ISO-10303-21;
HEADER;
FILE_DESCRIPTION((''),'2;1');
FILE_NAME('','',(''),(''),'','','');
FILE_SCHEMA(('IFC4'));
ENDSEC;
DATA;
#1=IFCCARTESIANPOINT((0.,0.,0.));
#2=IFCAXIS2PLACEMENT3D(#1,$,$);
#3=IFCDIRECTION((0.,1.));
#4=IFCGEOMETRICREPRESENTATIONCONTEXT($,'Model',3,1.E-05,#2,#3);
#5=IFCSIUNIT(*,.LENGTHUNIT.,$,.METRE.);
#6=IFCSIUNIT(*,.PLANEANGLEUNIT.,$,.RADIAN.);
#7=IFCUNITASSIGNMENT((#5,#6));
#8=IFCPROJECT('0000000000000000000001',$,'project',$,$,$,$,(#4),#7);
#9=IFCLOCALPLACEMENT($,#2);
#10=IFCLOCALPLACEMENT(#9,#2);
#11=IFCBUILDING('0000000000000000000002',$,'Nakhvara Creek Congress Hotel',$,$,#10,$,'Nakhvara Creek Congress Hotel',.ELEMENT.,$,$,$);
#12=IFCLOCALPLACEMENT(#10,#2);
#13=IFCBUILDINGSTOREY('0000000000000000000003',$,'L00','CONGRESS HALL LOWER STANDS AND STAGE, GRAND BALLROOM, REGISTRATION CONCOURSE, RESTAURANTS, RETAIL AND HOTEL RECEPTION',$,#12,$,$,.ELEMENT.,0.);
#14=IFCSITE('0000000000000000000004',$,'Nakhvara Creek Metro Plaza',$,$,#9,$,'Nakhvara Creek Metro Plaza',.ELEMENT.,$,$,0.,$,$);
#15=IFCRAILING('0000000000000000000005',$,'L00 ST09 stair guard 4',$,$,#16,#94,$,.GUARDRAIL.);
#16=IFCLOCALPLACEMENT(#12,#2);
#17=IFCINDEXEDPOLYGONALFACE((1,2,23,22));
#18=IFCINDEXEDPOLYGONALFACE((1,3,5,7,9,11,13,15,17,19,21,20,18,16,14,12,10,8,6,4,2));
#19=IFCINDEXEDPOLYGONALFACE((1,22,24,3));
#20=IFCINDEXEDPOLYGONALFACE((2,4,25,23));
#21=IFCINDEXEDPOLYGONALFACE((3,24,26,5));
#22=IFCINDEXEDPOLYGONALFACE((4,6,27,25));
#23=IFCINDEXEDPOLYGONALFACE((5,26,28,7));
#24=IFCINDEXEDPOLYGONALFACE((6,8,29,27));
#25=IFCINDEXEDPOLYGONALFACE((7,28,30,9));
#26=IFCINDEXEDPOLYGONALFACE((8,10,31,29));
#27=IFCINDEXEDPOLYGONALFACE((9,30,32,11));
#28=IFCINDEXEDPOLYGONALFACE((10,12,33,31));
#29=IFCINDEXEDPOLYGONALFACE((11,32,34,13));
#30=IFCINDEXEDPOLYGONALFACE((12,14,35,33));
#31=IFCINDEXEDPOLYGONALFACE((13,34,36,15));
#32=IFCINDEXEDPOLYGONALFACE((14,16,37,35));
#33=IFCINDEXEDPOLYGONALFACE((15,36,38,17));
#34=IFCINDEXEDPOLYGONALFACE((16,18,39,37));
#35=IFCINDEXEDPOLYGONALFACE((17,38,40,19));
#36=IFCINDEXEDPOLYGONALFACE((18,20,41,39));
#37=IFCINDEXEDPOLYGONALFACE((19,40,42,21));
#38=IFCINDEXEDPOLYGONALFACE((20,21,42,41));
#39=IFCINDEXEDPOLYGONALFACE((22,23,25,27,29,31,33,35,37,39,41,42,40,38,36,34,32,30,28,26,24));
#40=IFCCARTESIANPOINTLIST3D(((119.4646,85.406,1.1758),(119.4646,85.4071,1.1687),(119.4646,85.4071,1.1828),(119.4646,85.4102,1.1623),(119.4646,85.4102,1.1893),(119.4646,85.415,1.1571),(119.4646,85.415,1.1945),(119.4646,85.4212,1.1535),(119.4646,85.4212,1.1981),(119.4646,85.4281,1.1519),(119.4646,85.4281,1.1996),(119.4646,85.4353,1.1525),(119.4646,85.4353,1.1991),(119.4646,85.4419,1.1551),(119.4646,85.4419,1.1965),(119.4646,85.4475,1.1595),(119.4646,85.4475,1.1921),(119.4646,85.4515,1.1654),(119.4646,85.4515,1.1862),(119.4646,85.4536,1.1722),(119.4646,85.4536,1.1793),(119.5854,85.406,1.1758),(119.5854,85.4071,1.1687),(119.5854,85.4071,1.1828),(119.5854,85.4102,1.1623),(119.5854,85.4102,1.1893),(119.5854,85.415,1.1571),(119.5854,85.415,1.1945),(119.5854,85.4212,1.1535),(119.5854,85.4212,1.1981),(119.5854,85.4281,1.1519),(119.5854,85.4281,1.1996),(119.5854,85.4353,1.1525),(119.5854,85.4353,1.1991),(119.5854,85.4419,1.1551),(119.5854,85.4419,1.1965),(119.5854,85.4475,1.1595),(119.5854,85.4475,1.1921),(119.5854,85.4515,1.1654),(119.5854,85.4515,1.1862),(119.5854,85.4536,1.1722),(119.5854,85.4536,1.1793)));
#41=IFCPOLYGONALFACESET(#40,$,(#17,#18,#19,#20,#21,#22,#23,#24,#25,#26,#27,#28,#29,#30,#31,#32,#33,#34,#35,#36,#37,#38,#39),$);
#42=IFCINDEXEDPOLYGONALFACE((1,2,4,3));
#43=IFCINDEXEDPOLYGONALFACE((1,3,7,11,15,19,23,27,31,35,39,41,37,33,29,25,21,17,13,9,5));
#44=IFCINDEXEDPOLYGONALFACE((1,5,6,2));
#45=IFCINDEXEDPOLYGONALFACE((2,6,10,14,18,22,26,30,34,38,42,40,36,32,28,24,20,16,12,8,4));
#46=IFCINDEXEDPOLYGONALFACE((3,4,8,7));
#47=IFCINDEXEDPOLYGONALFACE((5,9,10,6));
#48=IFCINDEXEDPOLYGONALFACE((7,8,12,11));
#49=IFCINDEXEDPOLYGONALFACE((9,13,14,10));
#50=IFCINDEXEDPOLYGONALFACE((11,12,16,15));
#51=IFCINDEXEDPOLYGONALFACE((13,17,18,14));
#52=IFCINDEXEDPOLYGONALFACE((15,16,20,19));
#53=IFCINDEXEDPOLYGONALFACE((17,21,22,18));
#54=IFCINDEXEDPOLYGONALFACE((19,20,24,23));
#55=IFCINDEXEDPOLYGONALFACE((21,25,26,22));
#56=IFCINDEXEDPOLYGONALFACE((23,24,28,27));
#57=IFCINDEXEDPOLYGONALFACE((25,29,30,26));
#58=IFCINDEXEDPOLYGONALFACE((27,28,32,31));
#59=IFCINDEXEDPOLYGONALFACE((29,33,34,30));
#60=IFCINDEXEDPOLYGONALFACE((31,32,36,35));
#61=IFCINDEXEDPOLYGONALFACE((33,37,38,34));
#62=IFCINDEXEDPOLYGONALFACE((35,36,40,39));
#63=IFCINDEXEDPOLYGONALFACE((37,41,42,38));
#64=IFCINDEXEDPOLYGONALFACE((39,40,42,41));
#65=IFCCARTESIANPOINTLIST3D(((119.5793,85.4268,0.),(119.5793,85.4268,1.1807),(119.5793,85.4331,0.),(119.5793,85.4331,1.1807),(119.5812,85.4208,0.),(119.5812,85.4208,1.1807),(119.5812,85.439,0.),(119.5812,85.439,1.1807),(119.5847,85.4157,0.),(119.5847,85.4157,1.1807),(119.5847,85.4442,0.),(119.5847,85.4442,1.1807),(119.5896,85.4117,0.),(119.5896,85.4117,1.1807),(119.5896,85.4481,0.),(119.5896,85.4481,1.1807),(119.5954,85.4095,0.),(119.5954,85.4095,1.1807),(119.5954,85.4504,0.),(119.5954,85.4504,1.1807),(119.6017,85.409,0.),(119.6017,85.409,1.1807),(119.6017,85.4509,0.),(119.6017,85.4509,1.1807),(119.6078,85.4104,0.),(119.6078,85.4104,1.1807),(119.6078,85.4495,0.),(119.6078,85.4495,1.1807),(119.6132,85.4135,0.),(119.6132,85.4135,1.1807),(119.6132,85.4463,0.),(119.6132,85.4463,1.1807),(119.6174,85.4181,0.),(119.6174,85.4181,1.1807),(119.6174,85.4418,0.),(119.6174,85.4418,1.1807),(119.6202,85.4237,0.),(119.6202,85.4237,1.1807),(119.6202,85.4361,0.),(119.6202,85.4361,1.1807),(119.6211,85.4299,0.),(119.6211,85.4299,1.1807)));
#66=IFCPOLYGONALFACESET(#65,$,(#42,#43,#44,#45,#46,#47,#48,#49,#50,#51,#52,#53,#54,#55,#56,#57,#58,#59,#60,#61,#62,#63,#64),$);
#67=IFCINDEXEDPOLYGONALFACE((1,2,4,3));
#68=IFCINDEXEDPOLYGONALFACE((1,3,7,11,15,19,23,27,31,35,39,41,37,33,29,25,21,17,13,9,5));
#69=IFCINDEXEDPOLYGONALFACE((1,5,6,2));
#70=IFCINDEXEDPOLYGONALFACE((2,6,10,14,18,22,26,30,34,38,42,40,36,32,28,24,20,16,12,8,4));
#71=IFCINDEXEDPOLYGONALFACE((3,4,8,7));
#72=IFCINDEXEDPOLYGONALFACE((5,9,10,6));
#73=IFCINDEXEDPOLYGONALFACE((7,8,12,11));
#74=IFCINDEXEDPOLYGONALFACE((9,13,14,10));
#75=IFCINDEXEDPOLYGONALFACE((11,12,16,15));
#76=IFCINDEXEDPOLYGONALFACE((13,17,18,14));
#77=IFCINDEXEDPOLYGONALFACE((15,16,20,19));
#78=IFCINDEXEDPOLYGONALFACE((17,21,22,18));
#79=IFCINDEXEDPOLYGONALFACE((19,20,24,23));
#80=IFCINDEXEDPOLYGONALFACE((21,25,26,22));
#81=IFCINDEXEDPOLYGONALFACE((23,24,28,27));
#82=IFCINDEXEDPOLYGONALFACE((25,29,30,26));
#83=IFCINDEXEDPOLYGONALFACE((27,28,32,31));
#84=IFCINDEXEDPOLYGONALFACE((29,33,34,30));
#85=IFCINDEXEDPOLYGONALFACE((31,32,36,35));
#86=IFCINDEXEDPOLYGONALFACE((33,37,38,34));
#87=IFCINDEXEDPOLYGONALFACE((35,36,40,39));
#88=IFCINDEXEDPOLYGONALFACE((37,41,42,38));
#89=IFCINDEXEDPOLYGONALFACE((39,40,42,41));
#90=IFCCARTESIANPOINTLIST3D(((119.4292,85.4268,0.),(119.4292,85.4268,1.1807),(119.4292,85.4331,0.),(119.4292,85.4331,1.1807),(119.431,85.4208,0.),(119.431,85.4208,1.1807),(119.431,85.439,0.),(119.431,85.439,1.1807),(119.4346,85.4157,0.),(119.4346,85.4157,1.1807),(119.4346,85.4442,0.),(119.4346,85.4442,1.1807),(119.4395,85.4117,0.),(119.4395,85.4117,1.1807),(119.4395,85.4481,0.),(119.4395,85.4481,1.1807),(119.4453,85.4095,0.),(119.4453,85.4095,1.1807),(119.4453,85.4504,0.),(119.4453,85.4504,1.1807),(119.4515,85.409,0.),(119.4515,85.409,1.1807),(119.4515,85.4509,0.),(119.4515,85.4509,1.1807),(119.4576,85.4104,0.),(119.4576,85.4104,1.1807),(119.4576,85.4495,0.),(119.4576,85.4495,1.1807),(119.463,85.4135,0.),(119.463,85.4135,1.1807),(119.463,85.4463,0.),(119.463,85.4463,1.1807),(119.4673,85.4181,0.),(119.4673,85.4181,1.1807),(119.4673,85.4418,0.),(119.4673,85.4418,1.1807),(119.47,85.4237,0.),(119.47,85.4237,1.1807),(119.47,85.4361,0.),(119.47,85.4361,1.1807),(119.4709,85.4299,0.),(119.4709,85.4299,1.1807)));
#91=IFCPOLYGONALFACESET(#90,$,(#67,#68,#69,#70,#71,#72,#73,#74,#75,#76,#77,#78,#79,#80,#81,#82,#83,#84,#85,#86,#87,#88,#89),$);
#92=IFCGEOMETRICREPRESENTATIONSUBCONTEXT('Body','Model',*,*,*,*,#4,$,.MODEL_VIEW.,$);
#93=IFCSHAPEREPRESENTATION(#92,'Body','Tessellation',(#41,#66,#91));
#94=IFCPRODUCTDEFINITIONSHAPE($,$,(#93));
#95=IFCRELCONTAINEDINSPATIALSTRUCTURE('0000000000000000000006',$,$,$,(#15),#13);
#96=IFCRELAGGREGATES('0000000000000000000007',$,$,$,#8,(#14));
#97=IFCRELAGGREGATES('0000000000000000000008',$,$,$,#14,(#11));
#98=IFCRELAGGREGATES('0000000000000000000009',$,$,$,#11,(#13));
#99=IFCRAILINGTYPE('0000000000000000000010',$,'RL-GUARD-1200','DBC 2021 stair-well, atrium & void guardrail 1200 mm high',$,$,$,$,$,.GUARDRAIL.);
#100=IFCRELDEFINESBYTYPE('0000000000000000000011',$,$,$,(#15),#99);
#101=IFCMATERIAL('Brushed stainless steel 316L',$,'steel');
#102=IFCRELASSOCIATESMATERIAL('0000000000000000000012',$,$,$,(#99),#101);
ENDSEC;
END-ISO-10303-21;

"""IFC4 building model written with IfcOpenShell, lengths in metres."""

from ifc_helpers import new_model, si_unit, direction, frame, origin, origin_2d, place, context, subcontext, project, spatial, circle, extrude, material, type_object, element, save


model = new_model("IFC4")

# Units and contexts
model_context = context("Model", 3, precision=1e-05, world=origin(), true_north=direction((0.0, 1.0)))
body_context = subcontext(model_context, "Body", "Model", "MODEL_VIEW")
ifc_project = project(units=[si_unit("LENGTHUNIT", "METRE"), si_unit("PLANEANGLEUNIT", "RADIAN")], contexts=[model_context])

# Site, building, storey
site_placement = place(None, origin())
site = spatial("IfcSite", under=ifc_project, at=site_placement, Name="Nakhvara Creek Metro Plaza", LongName="Nakhvara Creek Metro Plaza", CompositionType="ELEMENT", RefElevation=0.0)
building_placement = place(site_placement, origin())
building = spatial("IfcBuilding", under=site, at=building_placement, Name="Nakhvara Creek Congress Hotel", LongName="Nakhvara Creek Congress Hotel", CompositionType="ELEMENT")
storey_placement = place(building_placement, origin())
storey = spatial("IfcBuildingStorey", under=building, at=storey_placement, Name="L00", Description="CONGRESS HALL LOWER STANDS AND STAGE, GRAND BALLROOM, REGISTRATION CONCOURSE, RESTAURANTS, RETAIL AND HOTEL RECEPTION", CompositionType="ELEMENT", Elevation=0.0)

# Railing
ifc_material_1 = material(Name="Brushed stainless steel 316L", Category="steel")
railing_type_1 = type_object("IfcRailingType", Name="RL-GUARD-1200", Description="DBC 2021 stair-well, atrium & void guardrail 1200 mm high", PredefinedType="GUARDRAIL", material=ifc_material_1)
railing_1_placement = place(storey_placement, frame((119.6001, 85.4299, 0.0)))
element("IfcRailing", 1, at=railing_1_placement, inside=storey, type_object=railing_type_1, Name="L00 ST09 stair guard 4", PredefinedType="GUARDRAIL", context=body_context, shape_type="SweptSolid", body=[
    extrude(circle(Radius=0.0239, at=origin_2d()), frame((-0.0146, 0.0, 1.1758), z_axis=(-1.0, 0.0, 0.0), x_axis=(0.0, -1.0, 0.0)), (0.0, 0.0, 1.0), 0.1208),
    extrude(circle(Radius=0.021, at=origin_2d()), origin(), (0.0, 0.0, 1.0), 1.1807),
    extrude(circle(Radius=0.021, at=origin_2d()), frame((-0.1501, 0.0, 0.0)), (0.0, 0.0, 1.0), 1.1807),
])

save(model, "model.ifc")
